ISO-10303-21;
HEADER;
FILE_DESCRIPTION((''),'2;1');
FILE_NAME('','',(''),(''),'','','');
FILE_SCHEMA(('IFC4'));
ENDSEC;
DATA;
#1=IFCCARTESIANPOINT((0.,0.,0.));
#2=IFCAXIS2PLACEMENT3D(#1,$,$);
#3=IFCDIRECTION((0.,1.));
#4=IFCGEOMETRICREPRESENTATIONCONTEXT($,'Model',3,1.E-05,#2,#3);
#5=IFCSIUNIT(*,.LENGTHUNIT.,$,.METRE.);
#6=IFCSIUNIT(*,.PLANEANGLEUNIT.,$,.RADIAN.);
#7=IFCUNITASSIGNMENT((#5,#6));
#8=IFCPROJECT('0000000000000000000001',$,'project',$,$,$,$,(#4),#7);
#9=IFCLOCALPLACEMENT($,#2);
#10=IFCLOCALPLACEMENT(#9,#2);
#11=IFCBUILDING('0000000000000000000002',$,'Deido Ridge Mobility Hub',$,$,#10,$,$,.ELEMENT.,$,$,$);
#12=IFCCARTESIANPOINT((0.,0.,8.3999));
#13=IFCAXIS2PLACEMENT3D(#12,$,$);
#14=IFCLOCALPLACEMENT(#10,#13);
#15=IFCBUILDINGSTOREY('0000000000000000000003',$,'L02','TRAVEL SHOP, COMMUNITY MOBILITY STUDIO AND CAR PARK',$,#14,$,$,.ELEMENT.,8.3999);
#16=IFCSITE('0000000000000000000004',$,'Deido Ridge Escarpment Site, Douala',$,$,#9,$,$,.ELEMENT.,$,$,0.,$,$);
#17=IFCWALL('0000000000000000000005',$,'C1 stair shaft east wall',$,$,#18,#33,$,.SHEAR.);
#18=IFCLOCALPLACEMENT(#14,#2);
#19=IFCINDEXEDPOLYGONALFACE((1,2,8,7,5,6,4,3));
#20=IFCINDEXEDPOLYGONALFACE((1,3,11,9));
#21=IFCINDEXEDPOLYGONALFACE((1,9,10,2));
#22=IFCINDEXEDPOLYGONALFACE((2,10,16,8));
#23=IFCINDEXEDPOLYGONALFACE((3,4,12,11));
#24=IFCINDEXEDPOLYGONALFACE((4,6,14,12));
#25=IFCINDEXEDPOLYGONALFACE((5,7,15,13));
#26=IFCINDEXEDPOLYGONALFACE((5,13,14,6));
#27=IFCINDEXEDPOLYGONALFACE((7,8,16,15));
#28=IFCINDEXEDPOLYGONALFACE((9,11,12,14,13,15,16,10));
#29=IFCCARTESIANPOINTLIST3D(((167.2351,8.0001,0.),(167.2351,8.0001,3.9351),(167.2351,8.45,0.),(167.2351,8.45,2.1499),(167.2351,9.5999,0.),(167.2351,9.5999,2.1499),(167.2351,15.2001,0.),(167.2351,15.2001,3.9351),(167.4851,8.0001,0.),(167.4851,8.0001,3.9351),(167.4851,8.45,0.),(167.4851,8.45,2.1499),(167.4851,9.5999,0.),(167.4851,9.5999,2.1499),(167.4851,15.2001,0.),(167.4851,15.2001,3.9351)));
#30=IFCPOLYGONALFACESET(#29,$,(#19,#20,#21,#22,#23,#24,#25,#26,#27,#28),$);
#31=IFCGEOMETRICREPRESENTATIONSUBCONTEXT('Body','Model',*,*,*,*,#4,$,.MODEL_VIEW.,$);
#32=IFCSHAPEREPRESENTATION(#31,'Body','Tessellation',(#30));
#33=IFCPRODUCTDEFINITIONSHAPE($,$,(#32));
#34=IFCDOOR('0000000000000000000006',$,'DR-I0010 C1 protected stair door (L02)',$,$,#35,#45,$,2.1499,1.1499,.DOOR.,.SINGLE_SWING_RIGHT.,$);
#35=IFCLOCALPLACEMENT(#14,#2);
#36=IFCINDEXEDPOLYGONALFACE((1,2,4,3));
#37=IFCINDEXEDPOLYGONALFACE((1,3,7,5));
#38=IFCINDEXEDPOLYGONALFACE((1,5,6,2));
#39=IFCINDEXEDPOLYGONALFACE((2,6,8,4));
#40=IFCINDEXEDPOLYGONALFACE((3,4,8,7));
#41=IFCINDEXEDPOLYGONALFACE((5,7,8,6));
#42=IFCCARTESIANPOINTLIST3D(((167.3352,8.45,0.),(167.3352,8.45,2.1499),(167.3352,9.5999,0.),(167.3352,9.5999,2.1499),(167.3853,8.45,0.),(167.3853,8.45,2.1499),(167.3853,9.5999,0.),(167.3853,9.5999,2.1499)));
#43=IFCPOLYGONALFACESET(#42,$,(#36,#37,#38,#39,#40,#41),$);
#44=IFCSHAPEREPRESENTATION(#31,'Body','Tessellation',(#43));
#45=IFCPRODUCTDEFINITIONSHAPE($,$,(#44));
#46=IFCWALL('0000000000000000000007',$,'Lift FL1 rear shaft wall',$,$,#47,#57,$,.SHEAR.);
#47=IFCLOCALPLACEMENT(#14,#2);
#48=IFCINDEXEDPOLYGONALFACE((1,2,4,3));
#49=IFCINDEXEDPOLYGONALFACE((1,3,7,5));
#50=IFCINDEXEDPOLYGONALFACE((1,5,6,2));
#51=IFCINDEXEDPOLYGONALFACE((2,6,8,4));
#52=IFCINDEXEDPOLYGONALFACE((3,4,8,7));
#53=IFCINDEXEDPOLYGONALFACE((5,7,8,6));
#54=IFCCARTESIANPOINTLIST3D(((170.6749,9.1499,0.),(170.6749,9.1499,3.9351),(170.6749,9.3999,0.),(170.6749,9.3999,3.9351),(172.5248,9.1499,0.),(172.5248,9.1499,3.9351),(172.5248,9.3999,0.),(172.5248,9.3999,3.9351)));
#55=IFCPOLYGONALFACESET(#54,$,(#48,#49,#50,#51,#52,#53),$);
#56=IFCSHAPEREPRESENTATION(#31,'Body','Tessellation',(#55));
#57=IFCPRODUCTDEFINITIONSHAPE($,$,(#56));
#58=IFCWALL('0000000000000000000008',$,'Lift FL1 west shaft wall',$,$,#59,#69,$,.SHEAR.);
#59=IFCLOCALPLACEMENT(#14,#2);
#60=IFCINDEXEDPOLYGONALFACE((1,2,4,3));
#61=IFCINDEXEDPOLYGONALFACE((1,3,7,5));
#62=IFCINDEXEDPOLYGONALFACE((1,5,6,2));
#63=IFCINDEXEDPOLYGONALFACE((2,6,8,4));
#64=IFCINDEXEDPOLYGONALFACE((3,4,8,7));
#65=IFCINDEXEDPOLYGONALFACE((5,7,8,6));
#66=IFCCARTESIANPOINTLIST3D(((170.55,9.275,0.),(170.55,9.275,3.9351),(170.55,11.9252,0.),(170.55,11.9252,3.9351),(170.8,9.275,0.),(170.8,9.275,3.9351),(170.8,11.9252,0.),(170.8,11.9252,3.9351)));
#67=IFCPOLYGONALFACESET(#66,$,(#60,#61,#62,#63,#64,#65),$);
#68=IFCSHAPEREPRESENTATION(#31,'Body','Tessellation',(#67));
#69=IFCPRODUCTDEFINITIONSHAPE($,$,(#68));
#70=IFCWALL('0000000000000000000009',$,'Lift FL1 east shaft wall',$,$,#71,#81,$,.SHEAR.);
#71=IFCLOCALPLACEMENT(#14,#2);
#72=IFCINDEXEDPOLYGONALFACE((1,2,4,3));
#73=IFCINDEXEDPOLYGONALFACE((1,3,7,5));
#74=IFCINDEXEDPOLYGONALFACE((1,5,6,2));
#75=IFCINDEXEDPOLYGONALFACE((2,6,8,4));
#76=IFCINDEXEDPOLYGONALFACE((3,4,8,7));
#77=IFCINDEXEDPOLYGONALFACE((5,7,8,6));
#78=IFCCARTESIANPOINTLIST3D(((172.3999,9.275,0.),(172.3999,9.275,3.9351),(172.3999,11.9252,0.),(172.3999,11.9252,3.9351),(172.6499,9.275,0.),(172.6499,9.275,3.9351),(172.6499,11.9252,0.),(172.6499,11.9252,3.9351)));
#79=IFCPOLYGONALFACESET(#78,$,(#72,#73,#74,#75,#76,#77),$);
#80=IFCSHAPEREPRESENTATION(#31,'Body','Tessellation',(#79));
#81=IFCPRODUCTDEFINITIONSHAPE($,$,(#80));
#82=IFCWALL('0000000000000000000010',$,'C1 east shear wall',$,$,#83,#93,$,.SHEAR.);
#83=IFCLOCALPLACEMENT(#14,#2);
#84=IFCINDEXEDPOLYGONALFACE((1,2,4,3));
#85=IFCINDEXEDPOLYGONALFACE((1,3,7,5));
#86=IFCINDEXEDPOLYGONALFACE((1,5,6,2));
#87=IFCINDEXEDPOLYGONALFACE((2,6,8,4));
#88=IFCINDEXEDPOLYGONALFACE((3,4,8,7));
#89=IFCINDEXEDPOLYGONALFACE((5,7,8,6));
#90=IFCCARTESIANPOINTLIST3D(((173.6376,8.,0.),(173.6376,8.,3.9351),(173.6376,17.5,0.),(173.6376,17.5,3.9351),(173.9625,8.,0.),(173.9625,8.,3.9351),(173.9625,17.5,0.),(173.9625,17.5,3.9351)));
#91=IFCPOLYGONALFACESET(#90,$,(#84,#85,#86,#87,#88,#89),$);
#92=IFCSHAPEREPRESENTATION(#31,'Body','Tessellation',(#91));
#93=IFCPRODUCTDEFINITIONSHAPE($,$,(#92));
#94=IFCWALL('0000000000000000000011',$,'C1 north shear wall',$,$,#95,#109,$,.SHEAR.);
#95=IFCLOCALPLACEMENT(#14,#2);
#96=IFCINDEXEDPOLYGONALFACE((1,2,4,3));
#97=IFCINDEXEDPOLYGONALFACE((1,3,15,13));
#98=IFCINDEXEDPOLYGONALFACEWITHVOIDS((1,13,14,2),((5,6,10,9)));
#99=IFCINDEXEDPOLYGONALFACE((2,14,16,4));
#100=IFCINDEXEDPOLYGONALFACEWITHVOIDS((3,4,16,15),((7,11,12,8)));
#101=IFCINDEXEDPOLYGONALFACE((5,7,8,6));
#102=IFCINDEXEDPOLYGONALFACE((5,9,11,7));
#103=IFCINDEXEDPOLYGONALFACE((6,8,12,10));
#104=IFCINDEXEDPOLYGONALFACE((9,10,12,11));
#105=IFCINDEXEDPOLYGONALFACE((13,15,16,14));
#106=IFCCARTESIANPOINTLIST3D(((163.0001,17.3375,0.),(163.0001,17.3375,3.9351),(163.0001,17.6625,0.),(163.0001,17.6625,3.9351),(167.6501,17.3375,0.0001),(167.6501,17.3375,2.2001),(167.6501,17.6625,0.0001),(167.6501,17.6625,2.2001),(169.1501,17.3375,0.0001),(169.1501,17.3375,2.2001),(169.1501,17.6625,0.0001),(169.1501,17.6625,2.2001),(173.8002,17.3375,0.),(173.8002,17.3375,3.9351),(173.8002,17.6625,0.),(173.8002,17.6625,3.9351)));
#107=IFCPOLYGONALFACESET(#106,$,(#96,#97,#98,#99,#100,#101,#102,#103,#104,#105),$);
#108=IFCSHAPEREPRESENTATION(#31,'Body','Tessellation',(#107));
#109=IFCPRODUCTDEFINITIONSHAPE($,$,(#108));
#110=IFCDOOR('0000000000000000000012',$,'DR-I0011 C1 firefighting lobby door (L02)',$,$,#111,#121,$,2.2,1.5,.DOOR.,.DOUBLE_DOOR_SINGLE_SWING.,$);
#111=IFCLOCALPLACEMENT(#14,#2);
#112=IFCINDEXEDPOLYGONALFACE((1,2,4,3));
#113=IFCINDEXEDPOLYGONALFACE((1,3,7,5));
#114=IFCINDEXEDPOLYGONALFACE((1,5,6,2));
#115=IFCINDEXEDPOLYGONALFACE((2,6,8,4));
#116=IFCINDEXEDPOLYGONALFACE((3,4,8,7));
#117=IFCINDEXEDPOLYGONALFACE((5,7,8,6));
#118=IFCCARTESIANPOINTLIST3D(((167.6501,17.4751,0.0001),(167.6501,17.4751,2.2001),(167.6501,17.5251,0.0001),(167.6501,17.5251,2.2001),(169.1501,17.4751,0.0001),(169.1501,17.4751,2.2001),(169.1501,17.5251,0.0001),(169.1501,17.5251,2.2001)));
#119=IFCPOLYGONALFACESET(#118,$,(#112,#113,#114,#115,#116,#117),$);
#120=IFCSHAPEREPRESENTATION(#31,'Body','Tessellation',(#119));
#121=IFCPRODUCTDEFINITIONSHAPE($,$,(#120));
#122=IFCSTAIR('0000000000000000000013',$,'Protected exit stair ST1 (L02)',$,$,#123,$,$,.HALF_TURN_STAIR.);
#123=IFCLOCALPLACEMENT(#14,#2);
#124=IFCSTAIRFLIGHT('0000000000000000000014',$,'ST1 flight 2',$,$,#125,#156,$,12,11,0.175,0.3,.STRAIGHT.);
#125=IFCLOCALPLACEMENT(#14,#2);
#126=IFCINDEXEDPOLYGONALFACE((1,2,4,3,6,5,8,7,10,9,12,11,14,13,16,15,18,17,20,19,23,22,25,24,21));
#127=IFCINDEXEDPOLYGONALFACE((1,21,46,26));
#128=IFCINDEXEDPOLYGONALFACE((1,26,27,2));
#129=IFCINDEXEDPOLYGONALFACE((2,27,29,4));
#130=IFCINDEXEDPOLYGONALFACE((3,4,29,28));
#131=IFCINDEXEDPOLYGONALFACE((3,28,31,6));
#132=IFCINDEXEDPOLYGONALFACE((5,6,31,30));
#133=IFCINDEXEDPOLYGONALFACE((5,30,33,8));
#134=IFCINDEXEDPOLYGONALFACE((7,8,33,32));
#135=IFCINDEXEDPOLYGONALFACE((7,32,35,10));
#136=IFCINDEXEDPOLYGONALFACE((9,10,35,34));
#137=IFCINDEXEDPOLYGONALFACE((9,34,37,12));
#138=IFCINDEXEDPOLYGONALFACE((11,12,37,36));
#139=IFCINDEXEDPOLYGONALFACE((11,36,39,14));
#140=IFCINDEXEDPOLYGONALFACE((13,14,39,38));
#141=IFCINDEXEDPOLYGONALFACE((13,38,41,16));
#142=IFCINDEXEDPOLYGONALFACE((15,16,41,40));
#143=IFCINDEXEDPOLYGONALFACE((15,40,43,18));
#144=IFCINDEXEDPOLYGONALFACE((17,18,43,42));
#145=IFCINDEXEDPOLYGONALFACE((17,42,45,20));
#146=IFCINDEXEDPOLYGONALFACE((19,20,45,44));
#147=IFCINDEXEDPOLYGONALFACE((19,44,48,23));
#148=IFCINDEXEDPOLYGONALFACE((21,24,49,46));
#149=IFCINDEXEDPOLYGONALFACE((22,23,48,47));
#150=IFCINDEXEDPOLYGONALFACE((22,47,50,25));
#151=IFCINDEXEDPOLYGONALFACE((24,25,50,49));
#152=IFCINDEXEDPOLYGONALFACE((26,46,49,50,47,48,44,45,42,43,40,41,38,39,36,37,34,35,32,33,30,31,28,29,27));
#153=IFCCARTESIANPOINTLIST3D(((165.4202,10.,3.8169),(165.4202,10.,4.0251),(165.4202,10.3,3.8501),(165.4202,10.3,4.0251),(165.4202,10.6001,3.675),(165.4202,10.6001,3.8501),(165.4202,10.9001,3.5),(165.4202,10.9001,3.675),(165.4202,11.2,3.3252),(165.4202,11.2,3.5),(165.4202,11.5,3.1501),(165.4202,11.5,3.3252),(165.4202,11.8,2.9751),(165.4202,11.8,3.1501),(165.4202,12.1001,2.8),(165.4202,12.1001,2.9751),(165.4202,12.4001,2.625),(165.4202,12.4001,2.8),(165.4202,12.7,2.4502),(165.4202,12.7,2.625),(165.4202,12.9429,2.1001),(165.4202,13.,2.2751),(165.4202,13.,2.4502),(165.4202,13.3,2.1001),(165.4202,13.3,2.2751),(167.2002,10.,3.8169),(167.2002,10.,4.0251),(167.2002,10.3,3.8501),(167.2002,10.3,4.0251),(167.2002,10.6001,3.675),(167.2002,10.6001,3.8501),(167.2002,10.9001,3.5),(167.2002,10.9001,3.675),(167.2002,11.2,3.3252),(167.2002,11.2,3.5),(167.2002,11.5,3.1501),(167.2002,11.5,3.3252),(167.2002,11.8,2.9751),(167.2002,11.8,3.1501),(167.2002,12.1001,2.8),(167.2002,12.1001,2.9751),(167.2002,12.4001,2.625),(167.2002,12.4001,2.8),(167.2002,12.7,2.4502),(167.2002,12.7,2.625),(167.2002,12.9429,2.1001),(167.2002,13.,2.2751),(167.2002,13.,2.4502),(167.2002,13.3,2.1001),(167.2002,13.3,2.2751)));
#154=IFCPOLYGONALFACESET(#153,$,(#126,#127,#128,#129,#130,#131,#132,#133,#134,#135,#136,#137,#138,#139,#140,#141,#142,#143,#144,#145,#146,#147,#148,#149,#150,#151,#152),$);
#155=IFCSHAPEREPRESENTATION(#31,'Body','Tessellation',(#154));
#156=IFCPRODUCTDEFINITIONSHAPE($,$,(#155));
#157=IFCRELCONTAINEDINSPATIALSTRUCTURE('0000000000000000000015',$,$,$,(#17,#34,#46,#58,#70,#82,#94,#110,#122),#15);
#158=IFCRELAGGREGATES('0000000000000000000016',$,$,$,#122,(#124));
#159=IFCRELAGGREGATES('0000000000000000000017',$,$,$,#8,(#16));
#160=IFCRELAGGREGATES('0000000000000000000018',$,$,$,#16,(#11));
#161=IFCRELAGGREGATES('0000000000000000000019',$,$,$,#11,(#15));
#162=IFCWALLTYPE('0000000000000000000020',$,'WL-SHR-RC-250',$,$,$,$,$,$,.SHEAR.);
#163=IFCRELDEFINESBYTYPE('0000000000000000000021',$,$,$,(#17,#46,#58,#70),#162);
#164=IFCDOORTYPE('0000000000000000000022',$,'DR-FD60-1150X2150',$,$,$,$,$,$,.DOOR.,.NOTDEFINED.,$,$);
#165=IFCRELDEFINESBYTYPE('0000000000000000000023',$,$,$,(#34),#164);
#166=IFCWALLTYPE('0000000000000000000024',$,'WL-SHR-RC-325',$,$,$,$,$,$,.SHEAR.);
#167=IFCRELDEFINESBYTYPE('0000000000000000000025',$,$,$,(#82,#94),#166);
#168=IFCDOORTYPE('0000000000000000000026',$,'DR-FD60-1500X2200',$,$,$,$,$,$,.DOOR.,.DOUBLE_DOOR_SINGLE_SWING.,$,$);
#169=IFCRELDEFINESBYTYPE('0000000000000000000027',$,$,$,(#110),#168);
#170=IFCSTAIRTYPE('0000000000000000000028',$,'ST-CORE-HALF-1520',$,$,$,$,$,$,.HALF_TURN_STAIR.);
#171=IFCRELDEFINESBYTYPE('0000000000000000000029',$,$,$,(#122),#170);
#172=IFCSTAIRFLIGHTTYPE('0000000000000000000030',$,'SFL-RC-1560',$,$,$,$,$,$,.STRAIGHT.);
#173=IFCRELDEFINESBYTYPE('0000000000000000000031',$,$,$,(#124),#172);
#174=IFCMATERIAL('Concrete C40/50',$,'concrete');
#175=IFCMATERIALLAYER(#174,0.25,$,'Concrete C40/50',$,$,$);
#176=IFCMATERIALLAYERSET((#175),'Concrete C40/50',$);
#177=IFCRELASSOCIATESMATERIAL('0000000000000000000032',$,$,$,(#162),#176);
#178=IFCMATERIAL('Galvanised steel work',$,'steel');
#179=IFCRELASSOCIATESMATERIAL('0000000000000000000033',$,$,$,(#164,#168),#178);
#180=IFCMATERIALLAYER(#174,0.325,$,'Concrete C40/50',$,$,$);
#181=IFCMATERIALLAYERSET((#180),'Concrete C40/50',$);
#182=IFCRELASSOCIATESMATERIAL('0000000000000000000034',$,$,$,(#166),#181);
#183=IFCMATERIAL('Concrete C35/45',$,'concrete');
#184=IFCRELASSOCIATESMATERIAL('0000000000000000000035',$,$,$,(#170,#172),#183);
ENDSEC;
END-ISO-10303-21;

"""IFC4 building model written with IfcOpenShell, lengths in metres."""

from ifc_helpers import new_model, si_unit, direction, frame, frame_2d, origin, place, context, subcontext, project, spatial, polyline, rectangle, outline, extrude, material, layer, layer_set, type_object, element, fill, aggregate, save


model = new_model("IFC4")

# Units and contexts
model_context = context("Model", 3, precision=1e-05, world=origin(), true_north=direction((0.0, 1.0)))
body_context = subcontext(model_context, "Body", "Model", "MODEL_VIEW")
ifc_project = project(units=[si_unit("LENGTHUNIT", "METRE"), si_unit("PLANEANGLEUNIT", "RADIAN")], contexts=[model_context])

# Site, building, storey
site_placement = place(None, origin())
site = spatial("IfcSite", under=ifc_project, at=site_placement, Name="Deido Ridge Escarpment Site, Douala", CompositionType="ELEMENT", RefElevation=0.0)
building_placement = place(site_placement, origin())
building = spatial("IfcBuilding", under=site, at=building_placement, Name="Deido Ridge Mobility Hub", CompositionType="ELEMENT")
storey_placement = place(building_placement, frame((0.0, 0.0, 8.3999)))
storey = spatial("IfcBuildingStorey", under=building, at=storey_placement, Name="L02", Description="TRAVEL SHOP, COMMUNITY MOBILITY STUDIO AND CAR PARK", CompositionType="ELEMENT", Elevation=8.3999)

# Wall, opening, door
ifc_material_1 = material(Name="Galvanised steel work", Category="steel")
ifc_material_2 = material(Name="Concrete C40/50", Category="concrete")
ifc_layer_1 = layer(ifc_material_2, 0.25, Name="Concrete C40/50")
ifc_layer_set_1 = layer_set([ifc_layer_1], Name="Concrete C40/50")
wall_type_1 = type_object("IfcWallType", Name="WL-SHR-RC-250", PredefinedType="SHEAR", material=ifc_layer_set_1)
wall_1_placement = place(storey_placement, frame((167.3601, 8.0, 0.0), z_axis=(0.0, 0.0, 1.0), x_axis=(0.0, 1.0, 0.0)))
wall_1 = element("IfcWall", 1, at=wall_1_placement, inside=storey, type_object=wall_type_1, Name="C1 stair shaft east wall", PredefinedType="SHEAR", context=body_context, shape_type="SweptSolid", body=[
    extrude(rectangle(XDim=7.2, YDim=0.25, at=frame_2d((3.6001, 0.0))), origin(), (0.0, 0.0, 1.0), 3.9351),
])
opening_1_placement = place(wall_1_placement, frame((0.45, 0.0, 0.0)))
opening_1 = element("IfcOpeningElement", 2, at=opening_1_placement, cuts=wall_1, PredefinedType="OPENING", context=body_context, shape_type="SweptSolid", body=[
    extrude(rectangle(XDim=1.1499, YDim=2.1499, at=frame_2d((0.575, 1.075))), frame((0.0, 0.135, 0.0), z_axis=(0.0, -1.0, 0.0), x_axis=(1.0, 0.0, 0.0)), (0.0, 0.0, 1.0), 0.27),
])
door_type_1 = type_object("IfcDoorType", Name="DR-FD60-1150X2150", OperationType="NOTDEFINED", PredefinedType="DOOR", material=ifc_material_1)
door_1_placement = place(opening_1_placement, origin())
door_1 = element("IfcDoor", 3, at=door_1_placement, inside=storey, type_object=door_type_1, Name="DR-I0010 C1 protected stair door (L02)", OperationType="SINGLE_SWING_RIGHT", OverallHeight=2.1499, OverallWidth=1.1499, PredefinedType="DOOR", context=body_context, shape_type="SweptSolid", body=[
    extrude(rectangle(XDim=1.1499, YDim=2.1499, at=frame_2d((0.575, 1.075))), frame((0.0, 0.0249, 0.0), z_axis=(0.0, -1.0, 0.0), x_axis=(1.0, 0.0, 0.0)), (0.0, 0.0, 1.0), 0.05),
])
fill(opening_1, door_1)

# Walls
wall_2_placement = place(storey_placement, frame((170.675, 9.2749, 0.0), z_axis=(0.0, 0.0, 1.0), x_axis=(1.0, 0.0, 0.0)))
element("IfcWall", 4, at=wall_2_placement, inside=storey, type_object=wall_type_1, Name="Lift FL1 rear shaft wall", PredefinedType="SHEAR", context=body_context, shape_type="SweptSolid", body=[
    extrude(rectangle(XDim=1.8499, YDim=0.25, at=frame_2d((0.9248, 0.0))), origin(), (0.0, 0.0, 1.0), 3.9351),
])
for number, where, z_axis, x_axis, name in (
    (5, (170.675, 9.2749, 0.0), (0.0, 0.0, 1.0), (0.0, 1.0, 0.0), "Lift FL1 west shaft wall"),
    (6, (172.5249, 9.2749, 0.0), (0.0, 0.0, 1.0), (0.0, 1.0, 0.0), "Lift FL1 east shaft wall"),
):
    element("IfcWall", number, at=place(storey_placement, frame(where, z_axis=z_axis, x_axis=x_axis)), inside=storey, type_object=wall_type_1, Name=name, PredefinedType="SHEAR", context=body_context, shape_type="SweptSolid", body=[
        extrude(rectangle(XDim=2.6501, YDim=0.25, at=frame_2d((1.3252, 0.0))), origin(), (0.0, 0.0, 1.0), 3.9351),
    ])

# Wall
ifc_layer_2 = layer(ifc_material_2, 0.325, Name="Concrete C40/50")
ifc_layer_set_2 = layer_set([ifc_layer_2], Name="Concrete C40/50")
wall_type_2 = type_object("IfcWallType", Name="WL-SHR-RC-325", PredefinedType="SHEAR", material=ifc_layer_set_2)
wall_3_placement = place(storey_placement, frame((173.8, 8.0, 0.0), z_axis=(0.0, 0.0, 1.0), x_axis=(0.0, 1.0, 0.0)))
element("IfcWall", 7, at=wall_3_placement, inside=storey, type_object=wall_type_2, Name="C1 east shear wall", PredefinedType="SHEAR", context=body_context, shape_type="SweptSolid", body=[
    extrude(rectangle(XDim=9.5, YDim=0.325, at=frame_2d((4.75, 0.0))), origin(), (0.0, 0.0, 1.0), 3.9351),
])

# Wall, opening, door
wall_4_placement = place(storey_placement, frame((173.8, 17.5, 0.0), z_axis=(0.0, 0.0, 1.0), x_axis=(-1.0, 0.0, 0.0)))
wall_4 = element("IfcWall", 8, at=wall_4_placement, inside=storey, type_object=wall_type_2, Name="C1 north shear wall", PredefinedType="SHEAR", context=body_context, shape_type="SweptSolid", body=[
    extrude(rectangle(XDim=10.8, YDim=0.325, at=frame_2d((5.3999, 0.0))), origin(), (0.0, 0.0, 1.0), 3.9351),
])
opening_2_placement = place(wall_4_placement, frame((4.6499, 0.0, 0.0)))
opening_2 = element("IfcOpeningElement", 9, at=opening_2_placement, cuts=wall_4, PredefinedType="OPENING", context=body_context, shape_type="SweptSolid", body=[
    extrude(rectangle(XDim=1.5, YDim=2.2, at=frame_2d((0.75, 1.1001))), frame((0.0, 0.1724, 0.0), z_axis=(0.0, -1.0, 0.0), x_axis=(1.0, 0.0, 0.0)), (0.0, 0.0, 1.0), 0.345),
])
door_type_2 = type_object("IfcDoorType", Name="DR-FD60-1500X2200", OperationType="DOUBLE_DOOR_SINGLE_SWING", PredefinedType="DOOR", material=ifc_material_1)
door_2_placement = place(opening_2_placement, origin())
door_2 = element("IfcDoor", 10, at=door_2_placement, inside=storey, type_object=door_type_2, Name="DR-I0011 C1 firefighting lobby door (L02)", OperationType="DOUBLE_DOOR_SINGLE_SWING", OverallHeight=2.2, OverallWidth=1.5, PredefinedType="DOOR", context=body_context, shape_type="SweptSolid", body=[
    extrude(rectangle(XDim=1.5, YDim=2.2, at=frame_2d((0.75, 1.1001))), frame((0.0, 0.0249, 0.0), z_axis=(0.0, -1.0, 0.0), x_axis=(1.0, 0.0, 0.0)), (0.0, 0.0, 1.0), 0.05),
])
fill(opening_2, door_2)

# Stair, stair flight
ifc_material_3 = material(Name="Concrete C35/45", Category="concrete")
stair_type = type_object("IfcStairType", Name="ST-CORE-HALF-1520", PredefinedType="HALF_TURN_STAIR", material=ifc_material_3)
stair_placement = place(storey_placement, origin())
stair = element("IfcStair", 11, at=stair_placement, inside=storey, type_object=stair_type, Name="Protected exit stair ST1 (L02)", PredefinedType="HALF_TURN_STAIR")
stair_flight_type = type_object("IfcStairFlightType", Name="SFL-RC-1560", PredefinedType="STRAIGHT", material=ifc_material_3)
stair_flight_placement = place(storey_placement, frame((166.3101, 13.3, 2.1001), z_axis=(0.0, 0.0, 1.0), x_axis=(0.0, -1.0, 0.0)))
stair_flight = element("IfcStairFlight", 12, at=stair_flight_placement, type_object=stair_flight_type, Name="ST1 flight 2", NumberOfRisers=12, NumberOfTreads=11, PredefinedType="STRAIGHT", RiserHeight=0.175, TreadLength=0.3, context=body_context, shape_type="SweptSolid", body=[
    extrude(outline(polyline([(0.0, 0.0), (0.0, 0.175), (0.3, 0.175), (0.3, 0.3501), (0.6001, 0.3501), (0.6001, 0.5249), (0.8999, 0.5249), (0.8999, 0.7), (1.2, 0.7), (1.2, 0.875), (1.5, 0.875), (1.5, 1.05), (1.8, 1.05), (1.8, 1.2251), (2.1001, 1.2251), (2.1001, 1.3999), (2.3999, 1.3999), (2.3999, 1.575), (2.7, 1.575), (2.7, 1.75), (3.0, 1.75), (3.0, 1.925), (3.3, 1.925), (3.3, 2.1001), (3.3, 1.7168), (0.3572, 0.0), (0.0, 0.0)])), frame((0.0, 0.8901, 0.0), z_axis=(0.0, -1.0, 0.0), x_axis=(1.0, 0.0, 0.0)), (0.0, 0.0, 1.0), 1.78),
])
aggregate(stair, [stair_flight])

save(model, "model.ifc")
